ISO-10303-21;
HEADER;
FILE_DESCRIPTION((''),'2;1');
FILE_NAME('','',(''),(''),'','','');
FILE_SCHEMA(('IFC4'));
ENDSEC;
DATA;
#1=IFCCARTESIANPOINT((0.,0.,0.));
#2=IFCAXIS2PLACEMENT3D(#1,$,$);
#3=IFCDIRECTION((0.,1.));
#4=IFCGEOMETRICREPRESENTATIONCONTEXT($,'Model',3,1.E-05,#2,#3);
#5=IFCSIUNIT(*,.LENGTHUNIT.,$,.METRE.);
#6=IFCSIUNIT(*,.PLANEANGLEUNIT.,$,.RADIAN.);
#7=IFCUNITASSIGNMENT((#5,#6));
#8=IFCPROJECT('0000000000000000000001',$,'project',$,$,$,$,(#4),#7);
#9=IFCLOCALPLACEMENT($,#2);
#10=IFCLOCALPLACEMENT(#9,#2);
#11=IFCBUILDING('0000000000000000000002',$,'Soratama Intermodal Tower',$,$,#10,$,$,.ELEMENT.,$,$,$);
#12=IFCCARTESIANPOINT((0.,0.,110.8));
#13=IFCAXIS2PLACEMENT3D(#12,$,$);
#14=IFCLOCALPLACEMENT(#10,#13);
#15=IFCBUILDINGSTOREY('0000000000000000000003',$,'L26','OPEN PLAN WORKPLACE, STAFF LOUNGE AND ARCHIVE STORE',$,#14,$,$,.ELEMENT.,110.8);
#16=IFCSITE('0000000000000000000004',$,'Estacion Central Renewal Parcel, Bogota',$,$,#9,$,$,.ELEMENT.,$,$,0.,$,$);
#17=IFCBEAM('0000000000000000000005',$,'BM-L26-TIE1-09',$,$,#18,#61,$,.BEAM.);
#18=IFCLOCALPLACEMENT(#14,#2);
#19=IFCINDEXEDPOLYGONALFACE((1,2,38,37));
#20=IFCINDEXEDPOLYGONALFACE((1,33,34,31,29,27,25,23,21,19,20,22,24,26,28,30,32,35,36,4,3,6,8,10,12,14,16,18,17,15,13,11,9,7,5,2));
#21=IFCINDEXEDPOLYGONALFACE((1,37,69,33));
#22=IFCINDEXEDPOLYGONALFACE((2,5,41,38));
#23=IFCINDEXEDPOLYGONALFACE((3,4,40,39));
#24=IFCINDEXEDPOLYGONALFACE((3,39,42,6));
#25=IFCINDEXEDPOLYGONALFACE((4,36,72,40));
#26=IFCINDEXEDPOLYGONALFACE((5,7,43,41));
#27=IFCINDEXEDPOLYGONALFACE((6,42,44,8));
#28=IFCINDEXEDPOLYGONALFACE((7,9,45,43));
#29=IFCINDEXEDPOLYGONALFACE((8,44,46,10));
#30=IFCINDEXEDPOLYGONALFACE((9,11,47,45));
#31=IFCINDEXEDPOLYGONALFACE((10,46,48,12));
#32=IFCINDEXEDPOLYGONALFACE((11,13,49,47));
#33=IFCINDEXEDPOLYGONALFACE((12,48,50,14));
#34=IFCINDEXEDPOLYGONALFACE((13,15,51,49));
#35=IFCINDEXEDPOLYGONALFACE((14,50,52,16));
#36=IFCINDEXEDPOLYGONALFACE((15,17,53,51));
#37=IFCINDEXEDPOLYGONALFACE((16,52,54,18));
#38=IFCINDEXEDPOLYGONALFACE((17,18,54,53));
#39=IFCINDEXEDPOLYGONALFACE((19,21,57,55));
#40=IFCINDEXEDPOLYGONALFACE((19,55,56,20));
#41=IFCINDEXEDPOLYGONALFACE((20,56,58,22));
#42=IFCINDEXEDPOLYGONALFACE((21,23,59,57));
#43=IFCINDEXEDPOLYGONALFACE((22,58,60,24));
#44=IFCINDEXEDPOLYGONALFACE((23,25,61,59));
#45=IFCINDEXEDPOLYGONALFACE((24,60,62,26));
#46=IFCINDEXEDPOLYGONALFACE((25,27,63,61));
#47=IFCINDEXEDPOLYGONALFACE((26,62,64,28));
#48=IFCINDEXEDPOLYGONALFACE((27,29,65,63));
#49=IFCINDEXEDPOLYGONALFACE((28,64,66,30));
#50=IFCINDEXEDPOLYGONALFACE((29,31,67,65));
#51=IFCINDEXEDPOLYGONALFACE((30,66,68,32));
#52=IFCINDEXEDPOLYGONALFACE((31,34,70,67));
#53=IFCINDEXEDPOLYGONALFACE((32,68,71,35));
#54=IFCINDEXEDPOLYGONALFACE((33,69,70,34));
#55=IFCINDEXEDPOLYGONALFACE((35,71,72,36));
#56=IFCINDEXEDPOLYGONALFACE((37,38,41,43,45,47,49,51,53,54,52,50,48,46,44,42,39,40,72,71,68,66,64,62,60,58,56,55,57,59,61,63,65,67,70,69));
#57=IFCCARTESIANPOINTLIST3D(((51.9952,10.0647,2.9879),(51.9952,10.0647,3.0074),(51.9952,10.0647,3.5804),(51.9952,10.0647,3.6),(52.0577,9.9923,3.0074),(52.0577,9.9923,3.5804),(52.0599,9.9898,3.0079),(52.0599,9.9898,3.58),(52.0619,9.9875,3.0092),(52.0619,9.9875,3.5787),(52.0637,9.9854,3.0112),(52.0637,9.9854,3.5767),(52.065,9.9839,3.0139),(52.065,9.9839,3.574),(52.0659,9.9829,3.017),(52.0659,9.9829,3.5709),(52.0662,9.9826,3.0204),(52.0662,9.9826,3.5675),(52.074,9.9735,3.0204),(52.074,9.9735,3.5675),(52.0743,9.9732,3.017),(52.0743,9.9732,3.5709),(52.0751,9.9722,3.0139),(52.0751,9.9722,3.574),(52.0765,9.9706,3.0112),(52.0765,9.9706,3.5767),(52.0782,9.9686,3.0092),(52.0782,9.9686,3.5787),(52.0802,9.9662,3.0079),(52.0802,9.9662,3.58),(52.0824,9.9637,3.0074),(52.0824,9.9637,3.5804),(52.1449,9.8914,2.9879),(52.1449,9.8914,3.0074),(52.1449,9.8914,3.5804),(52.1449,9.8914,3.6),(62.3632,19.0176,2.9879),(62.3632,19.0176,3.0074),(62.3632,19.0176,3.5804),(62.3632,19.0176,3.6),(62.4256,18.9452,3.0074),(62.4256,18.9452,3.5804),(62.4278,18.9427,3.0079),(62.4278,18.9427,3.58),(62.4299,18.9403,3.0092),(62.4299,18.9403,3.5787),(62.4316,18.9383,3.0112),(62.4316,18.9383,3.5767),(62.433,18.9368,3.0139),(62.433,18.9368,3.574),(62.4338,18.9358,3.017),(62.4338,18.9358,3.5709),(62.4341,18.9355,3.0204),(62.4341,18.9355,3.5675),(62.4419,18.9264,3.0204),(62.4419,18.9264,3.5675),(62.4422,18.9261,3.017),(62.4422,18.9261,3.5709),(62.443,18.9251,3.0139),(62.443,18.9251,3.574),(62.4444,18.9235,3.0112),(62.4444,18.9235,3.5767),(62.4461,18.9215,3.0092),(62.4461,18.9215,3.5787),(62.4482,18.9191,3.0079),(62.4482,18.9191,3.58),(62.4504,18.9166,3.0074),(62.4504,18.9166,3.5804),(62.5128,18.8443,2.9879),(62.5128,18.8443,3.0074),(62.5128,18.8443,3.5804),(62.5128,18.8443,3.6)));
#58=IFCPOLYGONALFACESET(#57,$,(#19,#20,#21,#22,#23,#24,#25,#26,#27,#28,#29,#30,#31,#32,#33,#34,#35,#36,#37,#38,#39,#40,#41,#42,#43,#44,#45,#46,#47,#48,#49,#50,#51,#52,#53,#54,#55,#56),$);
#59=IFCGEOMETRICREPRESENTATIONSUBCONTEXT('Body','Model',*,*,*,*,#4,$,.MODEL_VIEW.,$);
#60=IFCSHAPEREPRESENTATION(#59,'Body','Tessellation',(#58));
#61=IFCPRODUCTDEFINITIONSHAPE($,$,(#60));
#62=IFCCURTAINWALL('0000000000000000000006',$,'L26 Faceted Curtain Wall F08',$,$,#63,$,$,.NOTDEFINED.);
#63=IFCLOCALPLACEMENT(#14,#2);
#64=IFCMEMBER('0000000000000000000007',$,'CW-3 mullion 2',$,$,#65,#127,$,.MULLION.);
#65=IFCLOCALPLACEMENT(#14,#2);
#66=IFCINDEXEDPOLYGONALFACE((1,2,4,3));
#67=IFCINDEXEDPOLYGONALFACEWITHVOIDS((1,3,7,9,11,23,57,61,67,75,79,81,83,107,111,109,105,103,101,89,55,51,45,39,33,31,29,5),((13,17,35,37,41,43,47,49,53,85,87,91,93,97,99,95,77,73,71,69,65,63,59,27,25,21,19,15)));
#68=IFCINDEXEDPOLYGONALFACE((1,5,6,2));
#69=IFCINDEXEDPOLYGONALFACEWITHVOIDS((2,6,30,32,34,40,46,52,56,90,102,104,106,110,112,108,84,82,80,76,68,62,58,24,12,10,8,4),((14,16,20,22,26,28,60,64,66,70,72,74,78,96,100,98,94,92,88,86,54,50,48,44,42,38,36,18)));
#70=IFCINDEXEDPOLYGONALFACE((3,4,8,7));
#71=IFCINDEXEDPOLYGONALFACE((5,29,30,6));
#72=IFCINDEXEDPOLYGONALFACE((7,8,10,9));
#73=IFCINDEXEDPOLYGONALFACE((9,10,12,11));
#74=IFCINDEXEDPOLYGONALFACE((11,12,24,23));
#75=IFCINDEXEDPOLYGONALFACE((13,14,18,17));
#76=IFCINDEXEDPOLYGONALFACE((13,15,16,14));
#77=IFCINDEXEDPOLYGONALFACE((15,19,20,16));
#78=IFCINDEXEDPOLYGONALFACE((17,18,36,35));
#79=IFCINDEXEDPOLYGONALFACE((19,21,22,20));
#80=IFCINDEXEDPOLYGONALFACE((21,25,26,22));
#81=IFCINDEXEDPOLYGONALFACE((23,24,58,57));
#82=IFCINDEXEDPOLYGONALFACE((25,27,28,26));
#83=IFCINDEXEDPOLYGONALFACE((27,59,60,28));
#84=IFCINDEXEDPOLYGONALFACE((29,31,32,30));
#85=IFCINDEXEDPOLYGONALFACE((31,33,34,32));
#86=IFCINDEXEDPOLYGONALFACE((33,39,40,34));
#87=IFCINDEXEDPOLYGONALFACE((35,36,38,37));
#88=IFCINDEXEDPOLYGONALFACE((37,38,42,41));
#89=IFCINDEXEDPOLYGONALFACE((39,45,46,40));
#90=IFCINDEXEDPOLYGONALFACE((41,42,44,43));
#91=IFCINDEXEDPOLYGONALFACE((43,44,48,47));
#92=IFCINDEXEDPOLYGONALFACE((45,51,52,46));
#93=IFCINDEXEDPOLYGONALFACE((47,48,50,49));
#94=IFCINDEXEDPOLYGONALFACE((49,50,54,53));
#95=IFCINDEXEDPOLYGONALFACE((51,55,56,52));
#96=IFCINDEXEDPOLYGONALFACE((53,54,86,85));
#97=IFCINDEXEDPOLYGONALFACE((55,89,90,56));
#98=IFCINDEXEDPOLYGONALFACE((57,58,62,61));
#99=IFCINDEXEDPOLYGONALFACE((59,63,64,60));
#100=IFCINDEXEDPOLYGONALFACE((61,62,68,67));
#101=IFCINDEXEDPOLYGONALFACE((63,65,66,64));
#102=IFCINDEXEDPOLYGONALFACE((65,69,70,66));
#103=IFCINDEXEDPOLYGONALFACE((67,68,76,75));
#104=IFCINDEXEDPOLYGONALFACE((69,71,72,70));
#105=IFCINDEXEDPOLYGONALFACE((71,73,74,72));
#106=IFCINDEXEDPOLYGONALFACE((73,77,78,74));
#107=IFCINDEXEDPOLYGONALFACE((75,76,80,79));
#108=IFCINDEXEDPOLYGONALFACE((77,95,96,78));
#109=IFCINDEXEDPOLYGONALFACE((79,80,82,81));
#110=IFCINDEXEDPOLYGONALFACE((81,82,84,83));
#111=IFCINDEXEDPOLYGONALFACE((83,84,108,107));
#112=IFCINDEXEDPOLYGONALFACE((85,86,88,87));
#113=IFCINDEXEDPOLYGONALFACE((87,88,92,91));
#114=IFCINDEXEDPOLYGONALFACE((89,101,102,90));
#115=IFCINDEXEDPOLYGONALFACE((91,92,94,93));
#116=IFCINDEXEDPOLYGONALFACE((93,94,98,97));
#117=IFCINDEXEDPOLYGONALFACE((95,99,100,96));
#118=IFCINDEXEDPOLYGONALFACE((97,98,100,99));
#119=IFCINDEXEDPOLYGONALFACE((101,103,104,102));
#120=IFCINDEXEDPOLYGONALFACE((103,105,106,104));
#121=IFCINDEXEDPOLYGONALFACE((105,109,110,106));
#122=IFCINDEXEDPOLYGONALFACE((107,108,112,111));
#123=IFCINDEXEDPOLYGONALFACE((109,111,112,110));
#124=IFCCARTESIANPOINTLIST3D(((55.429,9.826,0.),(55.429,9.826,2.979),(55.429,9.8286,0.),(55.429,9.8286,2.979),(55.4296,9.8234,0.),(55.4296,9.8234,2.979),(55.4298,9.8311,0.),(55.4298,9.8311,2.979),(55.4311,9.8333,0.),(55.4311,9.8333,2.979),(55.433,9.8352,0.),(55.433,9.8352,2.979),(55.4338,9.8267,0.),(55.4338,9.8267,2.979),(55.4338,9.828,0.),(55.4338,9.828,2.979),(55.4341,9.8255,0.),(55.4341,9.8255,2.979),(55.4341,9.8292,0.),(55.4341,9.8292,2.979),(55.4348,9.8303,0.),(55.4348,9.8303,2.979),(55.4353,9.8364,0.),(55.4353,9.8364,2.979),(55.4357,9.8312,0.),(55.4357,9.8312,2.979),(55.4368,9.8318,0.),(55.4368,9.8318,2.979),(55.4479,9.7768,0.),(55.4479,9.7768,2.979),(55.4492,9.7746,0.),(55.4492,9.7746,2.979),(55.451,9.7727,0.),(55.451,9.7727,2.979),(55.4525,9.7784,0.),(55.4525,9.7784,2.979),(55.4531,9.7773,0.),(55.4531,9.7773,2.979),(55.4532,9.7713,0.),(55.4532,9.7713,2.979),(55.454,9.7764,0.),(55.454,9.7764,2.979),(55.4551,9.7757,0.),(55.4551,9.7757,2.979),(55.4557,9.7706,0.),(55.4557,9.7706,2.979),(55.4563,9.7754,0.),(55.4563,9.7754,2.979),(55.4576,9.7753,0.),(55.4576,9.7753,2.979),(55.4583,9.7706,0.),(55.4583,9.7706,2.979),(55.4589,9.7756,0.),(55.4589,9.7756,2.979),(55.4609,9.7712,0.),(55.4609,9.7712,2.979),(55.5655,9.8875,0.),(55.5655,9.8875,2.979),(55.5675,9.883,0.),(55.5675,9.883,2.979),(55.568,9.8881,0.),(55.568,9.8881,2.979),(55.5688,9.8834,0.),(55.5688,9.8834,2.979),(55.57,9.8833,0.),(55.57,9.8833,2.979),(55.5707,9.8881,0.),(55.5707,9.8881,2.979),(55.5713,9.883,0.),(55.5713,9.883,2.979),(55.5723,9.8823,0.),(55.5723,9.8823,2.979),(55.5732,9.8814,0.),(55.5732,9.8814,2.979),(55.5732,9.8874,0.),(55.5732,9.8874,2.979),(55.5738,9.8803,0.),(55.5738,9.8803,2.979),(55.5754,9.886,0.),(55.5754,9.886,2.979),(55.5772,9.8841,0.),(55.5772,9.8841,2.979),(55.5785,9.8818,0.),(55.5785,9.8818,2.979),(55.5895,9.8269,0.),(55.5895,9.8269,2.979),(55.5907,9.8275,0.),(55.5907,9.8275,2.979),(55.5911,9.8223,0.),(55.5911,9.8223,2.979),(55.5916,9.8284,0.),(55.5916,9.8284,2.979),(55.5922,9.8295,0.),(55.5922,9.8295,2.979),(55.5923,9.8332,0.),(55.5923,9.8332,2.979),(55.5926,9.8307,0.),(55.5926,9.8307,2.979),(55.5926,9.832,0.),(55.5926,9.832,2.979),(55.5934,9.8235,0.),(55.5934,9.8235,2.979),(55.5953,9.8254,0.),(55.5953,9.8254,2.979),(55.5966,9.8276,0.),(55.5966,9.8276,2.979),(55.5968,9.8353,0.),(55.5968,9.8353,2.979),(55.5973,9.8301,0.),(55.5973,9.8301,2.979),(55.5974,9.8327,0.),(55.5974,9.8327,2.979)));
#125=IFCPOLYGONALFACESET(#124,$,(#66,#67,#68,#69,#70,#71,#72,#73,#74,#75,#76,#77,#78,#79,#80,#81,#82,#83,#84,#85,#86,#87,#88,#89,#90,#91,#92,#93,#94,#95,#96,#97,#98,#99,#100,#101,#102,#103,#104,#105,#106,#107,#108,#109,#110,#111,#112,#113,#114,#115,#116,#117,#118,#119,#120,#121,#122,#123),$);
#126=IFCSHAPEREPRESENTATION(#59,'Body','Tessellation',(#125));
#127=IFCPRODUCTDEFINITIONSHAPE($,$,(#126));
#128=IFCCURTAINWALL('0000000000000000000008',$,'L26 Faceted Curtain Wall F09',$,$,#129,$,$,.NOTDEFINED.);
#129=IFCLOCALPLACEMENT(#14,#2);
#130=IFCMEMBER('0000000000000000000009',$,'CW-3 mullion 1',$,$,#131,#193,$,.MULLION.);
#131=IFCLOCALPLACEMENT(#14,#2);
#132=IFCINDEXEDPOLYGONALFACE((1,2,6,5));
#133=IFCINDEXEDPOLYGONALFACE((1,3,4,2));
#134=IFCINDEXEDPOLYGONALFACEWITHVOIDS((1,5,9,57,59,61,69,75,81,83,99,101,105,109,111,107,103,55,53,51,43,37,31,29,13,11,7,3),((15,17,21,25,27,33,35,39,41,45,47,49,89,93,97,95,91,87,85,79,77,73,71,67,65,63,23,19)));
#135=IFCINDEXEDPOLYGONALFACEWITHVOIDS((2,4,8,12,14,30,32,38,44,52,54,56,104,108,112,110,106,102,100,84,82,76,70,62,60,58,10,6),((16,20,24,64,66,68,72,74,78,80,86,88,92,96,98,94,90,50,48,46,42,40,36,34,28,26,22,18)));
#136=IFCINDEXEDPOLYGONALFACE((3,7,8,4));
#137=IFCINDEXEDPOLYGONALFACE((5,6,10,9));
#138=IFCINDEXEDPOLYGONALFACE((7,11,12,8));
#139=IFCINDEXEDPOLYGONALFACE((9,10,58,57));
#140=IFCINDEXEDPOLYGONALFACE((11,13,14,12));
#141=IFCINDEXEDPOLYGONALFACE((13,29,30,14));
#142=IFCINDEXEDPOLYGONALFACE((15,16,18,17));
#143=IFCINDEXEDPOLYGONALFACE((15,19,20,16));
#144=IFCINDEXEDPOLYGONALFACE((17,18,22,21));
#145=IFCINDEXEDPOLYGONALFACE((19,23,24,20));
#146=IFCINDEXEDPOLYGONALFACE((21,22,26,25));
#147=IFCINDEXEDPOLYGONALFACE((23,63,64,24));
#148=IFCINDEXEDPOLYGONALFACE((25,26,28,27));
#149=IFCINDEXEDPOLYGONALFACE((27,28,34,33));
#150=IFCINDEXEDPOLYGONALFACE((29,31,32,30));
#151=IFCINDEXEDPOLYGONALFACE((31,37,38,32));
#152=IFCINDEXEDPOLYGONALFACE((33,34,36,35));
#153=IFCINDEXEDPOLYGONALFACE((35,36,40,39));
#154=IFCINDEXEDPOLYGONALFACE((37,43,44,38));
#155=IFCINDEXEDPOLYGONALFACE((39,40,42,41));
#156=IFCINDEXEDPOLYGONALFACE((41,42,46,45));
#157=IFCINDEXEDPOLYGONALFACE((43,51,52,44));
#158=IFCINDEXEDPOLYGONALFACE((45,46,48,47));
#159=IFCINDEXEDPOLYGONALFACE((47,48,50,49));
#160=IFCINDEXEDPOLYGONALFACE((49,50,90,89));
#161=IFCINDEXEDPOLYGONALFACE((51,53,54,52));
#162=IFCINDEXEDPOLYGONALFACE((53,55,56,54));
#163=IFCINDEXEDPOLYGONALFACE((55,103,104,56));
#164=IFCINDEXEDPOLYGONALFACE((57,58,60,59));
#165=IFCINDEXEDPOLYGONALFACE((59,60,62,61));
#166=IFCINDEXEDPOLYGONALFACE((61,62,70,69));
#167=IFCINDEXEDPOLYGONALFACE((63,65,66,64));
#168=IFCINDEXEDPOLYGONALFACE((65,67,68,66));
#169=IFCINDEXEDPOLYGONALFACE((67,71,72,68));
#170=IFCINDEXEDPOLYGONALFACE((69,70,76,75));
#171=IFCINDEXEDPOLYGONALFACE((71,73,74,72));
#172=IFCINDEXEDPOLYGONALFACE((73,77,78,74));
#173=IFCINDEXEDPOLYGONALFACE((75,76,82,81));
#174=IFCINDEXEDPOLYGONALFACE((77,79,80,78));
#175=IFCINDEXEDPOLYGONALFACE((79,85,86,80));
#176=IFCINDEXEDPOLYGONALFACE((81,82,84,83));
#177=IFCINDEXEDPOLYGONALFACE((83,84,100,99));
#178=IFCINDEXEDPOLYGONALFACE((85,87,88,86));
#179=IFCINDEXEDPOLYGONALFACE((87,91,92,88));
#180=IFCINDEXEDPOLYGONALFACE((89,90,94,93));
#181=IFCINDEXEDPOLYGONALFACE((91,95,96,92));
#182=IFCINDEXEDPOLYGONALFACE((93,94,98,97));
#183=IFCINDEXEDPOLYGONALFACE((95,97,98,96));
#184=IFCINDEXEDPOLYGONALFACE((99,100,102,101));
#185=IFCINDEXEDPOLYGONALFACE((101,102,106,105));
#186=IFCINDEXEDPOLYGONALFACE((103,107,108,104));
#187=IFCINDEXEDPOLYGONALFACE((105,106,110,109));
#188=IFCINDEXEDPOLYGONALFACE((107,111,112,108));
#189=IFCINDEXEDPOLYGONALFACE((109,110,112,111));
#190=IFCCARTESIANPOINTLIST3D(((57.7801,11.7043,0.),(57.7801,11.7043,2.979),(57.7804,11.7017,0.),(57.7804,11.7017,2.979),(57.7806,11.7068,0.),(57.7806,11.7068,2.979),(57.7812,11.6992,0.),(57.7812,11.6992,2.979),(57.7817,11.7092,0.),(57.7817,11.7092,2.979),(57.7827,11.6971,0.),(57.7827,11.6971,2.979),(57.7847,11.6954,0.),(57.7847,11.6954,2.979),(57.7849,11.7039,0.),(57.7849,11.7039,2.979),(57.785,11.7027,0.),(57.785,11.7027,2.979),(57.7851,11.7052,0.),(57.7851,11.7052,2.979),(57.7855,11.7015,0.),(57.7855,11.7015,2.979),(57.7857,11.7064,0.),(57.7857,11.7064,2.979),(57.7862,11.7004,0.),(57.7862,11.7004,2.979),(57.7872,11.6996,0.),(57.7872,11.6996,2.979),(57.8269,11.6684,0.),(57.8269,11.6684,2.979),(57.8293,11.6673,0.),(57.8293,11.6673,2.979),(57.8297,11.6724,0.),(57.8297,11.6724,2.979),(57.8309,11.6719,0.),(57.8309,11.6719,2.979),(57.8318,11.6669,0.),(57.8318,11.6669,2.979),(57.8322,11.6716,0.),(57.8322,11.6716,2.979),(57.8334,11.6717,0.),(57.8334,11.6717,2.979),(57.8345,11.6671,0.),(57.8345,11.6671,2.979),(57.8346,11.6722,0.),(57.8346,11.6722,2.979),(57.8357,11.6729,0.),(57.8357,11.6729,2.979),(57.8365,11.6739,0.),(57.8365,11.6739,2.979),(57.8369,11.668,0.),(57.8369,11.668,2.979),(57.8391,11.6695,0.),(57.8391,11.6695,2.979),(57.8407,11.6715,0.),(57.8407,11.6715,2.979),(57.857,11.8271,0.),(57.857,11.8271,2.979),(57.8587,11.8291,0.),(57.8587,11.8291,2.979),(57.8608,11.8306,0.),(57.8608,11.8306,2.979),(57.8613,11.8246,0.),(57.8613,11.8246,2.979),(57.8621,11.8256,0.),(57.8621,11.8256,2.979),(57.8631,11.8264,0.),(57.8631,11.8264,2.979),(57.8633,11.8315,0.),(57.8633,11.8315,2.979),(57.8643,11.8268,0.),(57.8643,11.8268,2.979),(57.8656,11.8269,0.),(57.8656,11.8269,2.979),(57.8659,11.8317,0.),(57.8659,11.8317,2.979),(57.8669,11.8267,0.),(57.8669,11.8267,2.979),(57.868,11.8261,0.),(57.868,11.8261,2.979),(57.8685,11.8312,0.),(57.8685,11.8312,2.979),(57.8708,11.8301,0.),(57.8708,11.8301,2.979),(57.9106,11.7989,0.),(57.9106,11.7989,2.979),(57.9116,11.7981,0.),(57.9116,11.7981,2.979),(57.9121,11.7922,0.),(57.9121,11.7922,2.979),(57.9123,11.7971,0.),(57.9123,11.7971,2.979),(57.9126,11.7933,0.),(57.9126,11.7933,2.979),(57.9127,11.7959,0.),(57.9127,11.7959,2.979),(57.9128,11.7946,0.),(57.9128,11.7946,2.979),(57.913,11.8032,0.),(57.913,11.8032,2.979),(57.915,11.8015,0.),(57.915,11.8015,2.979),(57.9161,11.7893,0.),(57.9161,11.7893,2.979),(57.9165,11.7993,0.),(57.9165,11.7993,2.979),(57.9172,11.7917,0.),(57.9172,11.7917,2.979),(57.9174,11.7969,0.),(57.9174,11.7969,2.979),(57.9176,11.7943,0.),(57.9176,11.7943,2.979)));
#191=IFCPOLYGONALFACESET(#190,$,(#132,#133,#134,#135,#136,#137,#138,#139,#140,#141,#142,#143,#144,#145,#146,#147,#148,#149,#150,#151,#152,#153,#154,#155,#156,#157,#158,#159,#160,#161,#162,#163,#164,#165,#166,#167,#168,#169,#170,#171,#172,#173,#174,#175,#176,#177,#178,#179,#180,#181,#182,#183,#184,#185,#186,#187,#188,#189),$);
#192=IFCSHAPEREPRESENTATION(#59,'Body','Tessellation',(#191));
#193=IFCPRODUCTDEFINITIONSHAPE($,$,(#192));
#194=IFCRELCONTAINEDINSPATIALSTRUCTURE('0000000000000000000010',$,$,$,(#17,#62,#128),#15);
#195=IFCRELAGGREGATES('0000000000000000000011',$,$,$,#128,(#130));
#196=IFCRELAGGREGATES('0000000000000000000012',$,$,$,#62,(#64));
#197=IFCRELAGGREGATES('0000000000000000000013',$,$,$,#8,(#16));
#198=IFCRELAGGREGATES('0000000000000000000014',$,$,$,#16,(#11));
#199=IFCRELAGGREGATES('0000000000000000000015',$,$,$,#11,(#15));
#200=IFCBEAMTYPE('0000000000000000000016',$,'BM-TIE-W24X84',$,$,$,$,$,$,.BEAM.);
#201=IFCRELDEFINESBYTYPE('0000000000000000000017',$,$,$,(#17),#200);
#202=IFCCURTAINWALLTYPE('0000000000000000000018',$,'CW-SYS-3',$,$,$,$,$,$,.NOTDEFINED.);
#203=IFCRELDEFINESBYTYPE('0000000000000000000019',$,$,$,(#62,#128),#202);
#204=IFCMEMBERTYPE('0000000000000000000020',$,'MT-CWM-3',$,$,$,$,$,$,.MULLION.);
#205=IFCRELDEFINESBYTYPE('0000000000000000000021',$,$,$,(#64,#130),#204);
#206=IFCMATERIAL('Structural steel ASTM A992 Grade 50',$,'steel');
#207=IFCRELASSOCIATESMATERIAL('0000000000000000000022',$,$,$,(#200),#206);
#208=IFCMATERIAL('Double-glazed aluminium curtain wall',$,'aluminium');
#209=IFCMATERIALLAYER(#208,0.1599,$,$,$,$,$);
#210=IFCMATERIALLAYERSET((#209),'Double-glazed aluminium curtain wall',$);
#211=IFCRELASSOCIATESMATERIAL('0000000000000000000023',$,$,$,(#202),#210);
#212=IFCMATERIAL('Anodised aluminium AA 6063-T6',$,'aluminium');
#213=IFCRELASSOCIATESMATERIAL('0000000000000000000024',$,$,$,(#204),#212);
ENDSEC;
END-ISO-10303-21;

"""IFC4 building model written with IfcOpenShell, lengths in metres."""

from ifc_helpers import new_model, si_unit, direction, frame, origin, origin_2d, place, context, subcontext, project, spatial, hollow_rectangle, i_section, extrude, material, layer, layer_set, material_profile, profile_set, type_object, element, aggregate, save


model = new_model("IFC4")

# Units and contexts
model_context = context("Model", 3, precision=1e-05, world=origin(), true_north=direction((0.0, 1.0)))
body_context = subcontext(model_context, "Body", "Model", "MODEL_VIEW")
ifc_project = project(units=[si_unit("LENGTHUNIT", "METRE"), si_unit("PLANEANGLEUNIT", "RADIAN")], contexts=[model_context])

# Site, building, storey
site_placement = place(None, origin())
site = spatial("IfcSite", under=ifc_project, at=site_placement, Name="Estacion Central Renewal Parcel, Bogota", CompositionType="ELEMENT", RefElevation=0.0)
building_placement = place(site_placement, origin())
building = spatial("IfcBuilding", under=site, at=building_placement, Name="Soratama Intermodal Tower", CompositionType="ELEMENT")
storey_placement = place(building_placement, frame((0.0, 0.0, 110.8)))
storey = spatial("IfcBuildingStorey", under=building, at=storey_placement, Name="L26", Description="OPEN PLAN WORKPLACE, STAFF LOUNGE AND ARCHIVE STORE", CompositionType="ELEMENT", Elevation=110.8)

# Beam
ifc_material_1 = material(Name="Structural steel ASTM A992 Grade 50", Category="steel")
ifc_material_profile_1 = material_profile(ifc_material_1, i_section(OverallWidth=0.229, OverallDepth=0.6121, WebThickness=0.012, FlangeThickness=0.0195, FilletRadius=0.0129, at=origin_2d()), Name="W24X84")
ifc_profile_set_1 = profile_set([ifc_material_profile_1], Name="Structural steel ASTM A992 Grade 50")
beam_type_1 = type_object("IfcBeamType", Name="BM-TIE-W24X84", PredefinedType="BEAM", material=ifc_profile_set_1)
beam_1_placement = place(storey_placement, frame((52.0701, 9.978, 3.2939), z_axis=(0.756867, 0.653568, 0.0), x_axis=(-0.653568, 0.756867, 0.0)))
element("IfcBeam", 1, at=beam_1_placement, inside=storey, type_object=beam_type_1, Name="BM-L26-TIE1-09", PredefinedType="BEAM", context=body_context, shape_type="SweptSolid", body=[
    extrude(i_section(OverallWidth=0.229, OverallDepth=0.6121, WebThickness=0.012, FlangeThickness=0.0195, FilletRadius=0.0129, at=origin_2d()), origin(), (0.0, 0.0, 1.0), 13.6985),
])

# Curtain wall, member
ifc_material_2 = material(Name="Double-glazed aluminium curtain wall", Category="aluminium")
ifc_layer_1 = layer(ifc_material_2, 0.1599)
ifc_layer_set_1 = layer_set([ifc_layer_1], Name="Double-glazed aluminium curtain wall")
curtain_wall_type = type_object("IfcCurtainWallType", Name="CW-SYS-3", PredefinedType="NOTDEFINED", material=ifc_layer_set_1)
curtain_wall_1_placement = place(storey_placement, origin())
curtain_wall_1 = element("IfcCurtainWall", 2, at=curtain_wall_1_placement, inside=storey, type_object=curtain_wall_type, Name="L26 Faceted Curtain Wall F08", PredefinedType="NOTDEFINED")
ifc_material_3 = material(Name="Anodised aluminium AA 6063-T6", Category="aluminium")
ifc_material_profile_2 = material_profile(ifc_material_3, hollow_rectangle(XDim=0.0701, YDim=0.1599, WallThickness=0.0049, InnerFilletRadius=0.0049, OuterFilletRadius=0.01, at=origin_2d()), Name="CWM160X70X5")
ifc_profile_set_2 = profile_set([ifc_material_profile_2], Name="Anodised aluminium AA 6063-T6")
member_type_1 = type_object("IfcMemberType", Name="MT-CWM-3", PredefinedType="MULLION", material=ifc_profile_set_2)
member_1_placement = place(storey_placement, frame((55.5132, 9.8293, 0.0), z_axis=(0.0, 0.0, 1.0), x_axis=(-0.365208, 0.930926, 0.0)))
member_1 = element("IfcMember", 3, at=member_1_placement, type_object=member_type_1, Name="CW-3 mullion 2", PredefinedType="MULLION", context=body_context, shape_type="SweptSolid", body=[
    extrude(hollow_rectangle(XDim=0.0701, YDim=0.1599, WallThickness=0.0049, InnerFilletRadius=0.0049, OuterFilletRadius=0.01, at=origin_2d()), origin(), (0.0, 0.0, 1.0), 2.979),
])

# Curtain wall, member
curtain_wall_2_placement = place(storey_placement, origin())
curtain_wall_2 = element("IfcCurtainWall", 4, at=curtain_wall_2_placement, inside=storey, type_object=curtain_wall_type, Name="L26 Faceted Curtain Wall F09", PredefinedType="NOTDEFINED")
member_2_placement = place(storey_placement, frame((57.8489, 11.7493, 0.0), z_axis=(0.0, 0.0, 1.0), x_axis=(-0.842639, 0.538478, 0.0)))
member_2 = element("IfcMember", 5, at=member_2_placement, type_object=member_type_1, Name="CW-3 mullion 1", PredefinedType="MULLION", context=body_context, shape_type="SweptSolid", body=[
    extrude(hollow_rectangle(XDim=0.0701, YDim=0.1599, WallThickness=0.0049, InnerFilletRadius=0.0049, OuterFilletRadius=0.01, at=origin_2d()), origin(), (0.0, 0.0, 1.0), 2.979),
])
aggregate(curtain_wall_2, [member_2])

aggregate(curtain_wall_1, [member_1])

save(model, "model.ifc")
